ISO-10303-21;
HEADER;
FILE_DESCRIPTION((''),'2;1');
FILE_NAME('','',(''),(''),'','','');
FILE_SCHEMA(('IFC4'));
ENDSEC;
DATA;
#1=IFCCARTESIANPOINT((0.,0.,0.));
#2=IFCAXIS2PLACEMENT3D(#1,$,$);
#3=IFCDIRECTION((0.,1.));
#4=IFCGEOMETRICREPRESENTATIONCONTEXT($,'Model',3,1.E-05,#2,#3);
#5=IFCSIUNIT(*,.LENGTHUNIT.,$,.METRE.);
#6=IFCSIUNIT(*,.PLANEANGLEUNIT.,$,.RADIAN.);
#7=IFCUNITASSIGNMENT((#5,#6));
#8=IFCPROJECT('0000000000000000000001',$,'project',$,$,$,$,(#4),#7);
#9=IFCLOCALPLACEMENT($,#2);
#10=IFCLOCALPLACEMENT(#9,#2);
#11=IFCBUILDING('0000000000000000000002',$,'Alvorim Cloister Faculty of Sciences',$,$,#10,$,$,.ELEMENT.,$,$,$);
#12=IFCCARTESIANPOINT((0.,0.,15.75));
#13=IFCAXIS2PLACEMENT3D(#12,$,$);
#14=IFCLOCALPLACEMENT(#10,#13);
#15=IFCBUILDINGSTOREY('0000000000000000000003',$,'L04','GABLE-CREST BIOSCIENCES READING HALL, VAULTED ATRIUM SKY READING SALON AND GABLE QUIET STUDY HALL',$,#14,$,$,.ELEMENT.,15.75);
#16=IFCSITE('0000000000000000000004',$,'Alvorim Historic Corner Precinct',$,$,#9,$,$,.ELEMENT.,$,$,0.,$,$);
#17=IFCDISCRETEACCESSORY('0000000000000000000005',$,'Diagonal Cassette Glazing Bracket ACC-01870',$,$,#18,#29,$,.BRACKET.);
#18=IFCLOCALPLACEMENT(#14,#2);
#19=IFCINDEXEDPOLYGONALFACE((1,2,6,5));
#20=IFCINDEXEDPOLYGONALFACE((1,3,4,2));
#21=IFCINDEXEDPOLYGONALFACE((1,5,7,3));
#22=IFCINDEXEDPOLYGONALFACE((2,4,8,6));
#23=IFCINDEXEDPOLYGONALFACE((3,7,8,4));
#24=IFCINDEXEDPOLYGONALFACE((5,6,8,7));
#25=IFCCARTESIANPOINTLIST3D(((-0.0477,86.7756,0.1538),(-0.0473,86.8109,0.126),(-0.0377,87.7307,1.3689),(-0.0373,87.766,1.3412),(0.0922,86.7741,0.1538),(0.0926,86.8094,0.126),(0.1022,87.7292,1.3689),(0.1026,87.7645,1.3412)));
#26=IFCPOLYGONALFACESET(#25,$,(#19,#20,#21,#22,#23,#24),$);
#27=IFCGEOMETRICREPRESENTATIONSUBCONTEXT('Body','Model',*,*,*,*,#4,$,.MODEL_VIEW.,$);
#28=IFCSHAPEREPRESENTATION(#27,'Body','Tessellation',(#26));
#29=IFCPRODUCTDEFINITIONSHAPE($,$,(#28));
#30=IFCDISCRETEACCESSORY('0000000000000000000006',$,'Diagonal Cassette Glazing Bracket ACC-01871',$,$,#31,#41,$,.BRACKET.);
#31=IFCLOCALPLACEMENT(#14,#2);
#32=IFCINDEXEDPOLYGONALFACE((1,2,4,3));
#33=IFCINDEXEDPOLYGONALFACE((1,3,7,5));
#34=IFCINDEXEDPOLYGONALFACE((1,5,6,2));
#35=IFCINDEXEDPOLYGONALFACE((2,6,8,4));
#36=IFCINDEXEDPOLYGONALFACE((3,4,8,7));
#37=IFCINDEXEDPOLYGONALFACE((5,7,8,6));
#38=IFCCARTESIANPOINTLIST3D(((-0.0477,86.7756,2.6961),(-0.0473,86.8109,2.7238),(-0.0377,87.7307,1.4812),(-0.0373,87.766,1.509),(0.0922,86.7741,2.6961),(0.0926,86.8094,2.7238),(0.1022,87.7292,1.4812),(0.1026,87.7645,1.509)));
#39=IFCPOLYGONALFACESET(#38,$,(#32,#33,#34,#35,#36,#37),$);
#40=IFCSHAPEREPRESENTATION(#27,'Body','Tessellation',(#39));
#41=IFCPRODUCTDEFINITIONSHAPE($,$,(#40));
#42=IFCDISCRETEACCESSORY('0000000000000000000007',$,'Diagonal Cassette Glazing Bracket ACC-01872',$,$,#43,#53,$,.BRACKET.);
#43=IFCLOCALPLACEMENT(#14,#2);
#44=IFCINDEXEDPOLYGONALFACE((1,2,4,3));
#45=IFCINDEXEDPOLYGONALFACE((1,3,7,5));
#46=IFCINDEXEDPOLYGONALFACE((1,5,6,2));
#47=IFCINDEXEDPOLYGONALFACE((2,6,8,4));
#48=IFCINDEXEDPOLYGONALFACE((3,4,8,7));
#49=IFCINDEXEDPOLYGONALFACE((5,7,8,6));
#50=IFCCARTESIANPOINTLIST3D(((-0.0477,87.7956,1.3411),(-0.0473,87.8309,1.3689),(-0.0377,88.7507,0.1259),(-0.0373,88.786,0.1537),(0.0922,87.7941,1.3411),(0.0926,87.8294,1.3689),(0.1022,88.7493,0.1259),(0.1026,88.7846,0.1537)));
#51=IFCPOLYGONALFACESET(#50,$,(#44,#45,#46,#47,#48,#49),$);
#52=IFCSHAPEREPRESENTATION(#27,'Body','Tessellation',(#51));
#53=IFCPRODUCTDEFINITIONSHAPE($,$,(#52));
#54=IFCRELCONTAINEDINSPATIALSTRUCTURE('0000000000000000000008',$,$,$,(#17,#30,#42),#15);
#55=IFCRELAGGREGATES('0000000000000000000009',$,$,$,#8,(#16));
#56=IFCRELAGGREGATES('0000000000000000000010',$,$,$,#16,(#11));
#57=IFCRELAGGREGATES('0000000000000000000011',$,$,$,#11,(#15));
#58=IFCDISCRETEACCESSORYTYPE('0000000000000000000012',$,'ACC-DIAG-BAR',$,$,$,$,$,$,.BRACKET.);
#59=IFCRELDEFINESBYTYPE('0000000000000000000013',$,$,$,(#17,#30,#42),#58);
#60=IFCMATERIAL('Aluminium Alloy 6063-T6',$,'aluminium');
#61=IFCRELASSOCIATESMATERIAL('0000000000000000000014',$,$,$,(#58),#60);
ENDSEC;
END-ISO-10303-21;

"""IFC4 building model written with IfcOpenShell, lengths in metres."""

from ifc_helpers import new_model, si_unit, direction, frame, origin, origin_2d, place, context, subcontext, project, spatial, rectangle, extrude, material, type_object, element, save


model = new_model("IFC4")

# Units and contexts
model_context = context("Model", 3, precision=1e-05, world=origin(), true_north=direction((0.0, 1.0)))
body_context = subcontext(model_context, "Body", "Model", "MODEL_VIEW")
ifc_project = project(units=[si_unit("LENGTHUNIT", "METRE"), si_unit("PLANEANGLEUNIT", "RADIAN")], contexts=[model_context])

# Site, building, storey
site_placement = place(None, origin())
site = spatial("IfcSite", under=ifc_project, at=site_placement, Name="Alvorim Historic Corner Precinct", CompositionType="ELEMENT", RefElevation=0.0)
building_placement = place(site_placement, origin())
building = spatial("IfcBuilding", under=site, at=building_placement, Name="Alvorim Cloister Faculty of Sciences", CompositionType="ELEMENT")
storey_placement = place(building_placement, frame((0.0, 0.0, 15.75)))
storey = spatial("IfcBuildingStorey", under=building, at=storey_placement, Name="L04", Description="GABLE-CREST BIOSCIENCES READING HALL, VAULTED ATRIUM SKY READING SALON AND GABLE QUIET STUDY HALL", CompositionType="ELEMENT", Elevation=15.75)

# Shared definitions
ifc_material_1 = material(Name="Aluminium Alloy 6063-T6", Category="aluminium")

# Discrete accessories
discrete_accessory_type = type_object("IfcDiscreteAccessoryType", Name="ACC-DIAG-BAR", PredefinedType="BRACKET", material=ifc_material_1)
discrete_accessory_1_placement = place(storey_placement, frame((0.0225, 86.7925, 0.1399), z_axis=(0.006477, 0.617955, 0.786187), x_axis=(-0.999945, 0.01048, 0.0)))
element("IfcDiscreteAccessory", 1, at=discrete_accessory_1_placement, inside=storey, type_object=discrete_accessory_type, Name="Diagonal Cassette Glazing Bracket ACC-01870", PredefinedType="BRACKET", context=body_context, shape_type="SweptSolid", body=[
    extrude(rectangle(XDim=0.1399, YDim=0.0449, at=origin_2d()), origin(), (0.0, 0.0, 1.0), 1.5457),
])
discrete_accessory_2_placement = place(storey_placement, frame((0.0225, 86.7925, 2.71), z_axis=(0.006477, 0.618032, -0.786126), x_axis=(-0.999945, 0.01048, 0.0)))
element("IfcDiscreteAccessory", 2, at=discrete_accessory_2_placement, inside=storey, type_object=discrete_accessory_type, Name="Diagonal Cassette Glazing Bracket ACC-01871", PredefinedType="BRACKET", context=body_context, shape_type="SweptSolid", body=[
    extrude(rectangle(XDim=0.1399, YDim=0.0449, at=origin_2d()), origin(), (0.0, 0.0, 1.0), 1.5454),
])
discrete_accessory_3_placement = place(storey_placement, frame((0.0225, 87.8125, 1.355), z_axis=(0.006477, 0.617955, -0.786187), x_axis=(-0.999945, 0.01048, 0.0)))
element("IfcDiscreteAccessory", 3, at=discrete_accessory_3_placement, inside=storey, type_object=discrete_accessory_type, Name="Diagonal Cassette Glazing Bracket ACC-01872", PredefinedType="BRACKET", context=body_context, shape_type="SweptSolid", body=[
    extrude(rectangle(XDim=0.1399, YDim=0.0449, at=origin_2d()), origin(), (0.0, 0.0, 1.0), 1.5457),
])

save(model, "model.ifc")
